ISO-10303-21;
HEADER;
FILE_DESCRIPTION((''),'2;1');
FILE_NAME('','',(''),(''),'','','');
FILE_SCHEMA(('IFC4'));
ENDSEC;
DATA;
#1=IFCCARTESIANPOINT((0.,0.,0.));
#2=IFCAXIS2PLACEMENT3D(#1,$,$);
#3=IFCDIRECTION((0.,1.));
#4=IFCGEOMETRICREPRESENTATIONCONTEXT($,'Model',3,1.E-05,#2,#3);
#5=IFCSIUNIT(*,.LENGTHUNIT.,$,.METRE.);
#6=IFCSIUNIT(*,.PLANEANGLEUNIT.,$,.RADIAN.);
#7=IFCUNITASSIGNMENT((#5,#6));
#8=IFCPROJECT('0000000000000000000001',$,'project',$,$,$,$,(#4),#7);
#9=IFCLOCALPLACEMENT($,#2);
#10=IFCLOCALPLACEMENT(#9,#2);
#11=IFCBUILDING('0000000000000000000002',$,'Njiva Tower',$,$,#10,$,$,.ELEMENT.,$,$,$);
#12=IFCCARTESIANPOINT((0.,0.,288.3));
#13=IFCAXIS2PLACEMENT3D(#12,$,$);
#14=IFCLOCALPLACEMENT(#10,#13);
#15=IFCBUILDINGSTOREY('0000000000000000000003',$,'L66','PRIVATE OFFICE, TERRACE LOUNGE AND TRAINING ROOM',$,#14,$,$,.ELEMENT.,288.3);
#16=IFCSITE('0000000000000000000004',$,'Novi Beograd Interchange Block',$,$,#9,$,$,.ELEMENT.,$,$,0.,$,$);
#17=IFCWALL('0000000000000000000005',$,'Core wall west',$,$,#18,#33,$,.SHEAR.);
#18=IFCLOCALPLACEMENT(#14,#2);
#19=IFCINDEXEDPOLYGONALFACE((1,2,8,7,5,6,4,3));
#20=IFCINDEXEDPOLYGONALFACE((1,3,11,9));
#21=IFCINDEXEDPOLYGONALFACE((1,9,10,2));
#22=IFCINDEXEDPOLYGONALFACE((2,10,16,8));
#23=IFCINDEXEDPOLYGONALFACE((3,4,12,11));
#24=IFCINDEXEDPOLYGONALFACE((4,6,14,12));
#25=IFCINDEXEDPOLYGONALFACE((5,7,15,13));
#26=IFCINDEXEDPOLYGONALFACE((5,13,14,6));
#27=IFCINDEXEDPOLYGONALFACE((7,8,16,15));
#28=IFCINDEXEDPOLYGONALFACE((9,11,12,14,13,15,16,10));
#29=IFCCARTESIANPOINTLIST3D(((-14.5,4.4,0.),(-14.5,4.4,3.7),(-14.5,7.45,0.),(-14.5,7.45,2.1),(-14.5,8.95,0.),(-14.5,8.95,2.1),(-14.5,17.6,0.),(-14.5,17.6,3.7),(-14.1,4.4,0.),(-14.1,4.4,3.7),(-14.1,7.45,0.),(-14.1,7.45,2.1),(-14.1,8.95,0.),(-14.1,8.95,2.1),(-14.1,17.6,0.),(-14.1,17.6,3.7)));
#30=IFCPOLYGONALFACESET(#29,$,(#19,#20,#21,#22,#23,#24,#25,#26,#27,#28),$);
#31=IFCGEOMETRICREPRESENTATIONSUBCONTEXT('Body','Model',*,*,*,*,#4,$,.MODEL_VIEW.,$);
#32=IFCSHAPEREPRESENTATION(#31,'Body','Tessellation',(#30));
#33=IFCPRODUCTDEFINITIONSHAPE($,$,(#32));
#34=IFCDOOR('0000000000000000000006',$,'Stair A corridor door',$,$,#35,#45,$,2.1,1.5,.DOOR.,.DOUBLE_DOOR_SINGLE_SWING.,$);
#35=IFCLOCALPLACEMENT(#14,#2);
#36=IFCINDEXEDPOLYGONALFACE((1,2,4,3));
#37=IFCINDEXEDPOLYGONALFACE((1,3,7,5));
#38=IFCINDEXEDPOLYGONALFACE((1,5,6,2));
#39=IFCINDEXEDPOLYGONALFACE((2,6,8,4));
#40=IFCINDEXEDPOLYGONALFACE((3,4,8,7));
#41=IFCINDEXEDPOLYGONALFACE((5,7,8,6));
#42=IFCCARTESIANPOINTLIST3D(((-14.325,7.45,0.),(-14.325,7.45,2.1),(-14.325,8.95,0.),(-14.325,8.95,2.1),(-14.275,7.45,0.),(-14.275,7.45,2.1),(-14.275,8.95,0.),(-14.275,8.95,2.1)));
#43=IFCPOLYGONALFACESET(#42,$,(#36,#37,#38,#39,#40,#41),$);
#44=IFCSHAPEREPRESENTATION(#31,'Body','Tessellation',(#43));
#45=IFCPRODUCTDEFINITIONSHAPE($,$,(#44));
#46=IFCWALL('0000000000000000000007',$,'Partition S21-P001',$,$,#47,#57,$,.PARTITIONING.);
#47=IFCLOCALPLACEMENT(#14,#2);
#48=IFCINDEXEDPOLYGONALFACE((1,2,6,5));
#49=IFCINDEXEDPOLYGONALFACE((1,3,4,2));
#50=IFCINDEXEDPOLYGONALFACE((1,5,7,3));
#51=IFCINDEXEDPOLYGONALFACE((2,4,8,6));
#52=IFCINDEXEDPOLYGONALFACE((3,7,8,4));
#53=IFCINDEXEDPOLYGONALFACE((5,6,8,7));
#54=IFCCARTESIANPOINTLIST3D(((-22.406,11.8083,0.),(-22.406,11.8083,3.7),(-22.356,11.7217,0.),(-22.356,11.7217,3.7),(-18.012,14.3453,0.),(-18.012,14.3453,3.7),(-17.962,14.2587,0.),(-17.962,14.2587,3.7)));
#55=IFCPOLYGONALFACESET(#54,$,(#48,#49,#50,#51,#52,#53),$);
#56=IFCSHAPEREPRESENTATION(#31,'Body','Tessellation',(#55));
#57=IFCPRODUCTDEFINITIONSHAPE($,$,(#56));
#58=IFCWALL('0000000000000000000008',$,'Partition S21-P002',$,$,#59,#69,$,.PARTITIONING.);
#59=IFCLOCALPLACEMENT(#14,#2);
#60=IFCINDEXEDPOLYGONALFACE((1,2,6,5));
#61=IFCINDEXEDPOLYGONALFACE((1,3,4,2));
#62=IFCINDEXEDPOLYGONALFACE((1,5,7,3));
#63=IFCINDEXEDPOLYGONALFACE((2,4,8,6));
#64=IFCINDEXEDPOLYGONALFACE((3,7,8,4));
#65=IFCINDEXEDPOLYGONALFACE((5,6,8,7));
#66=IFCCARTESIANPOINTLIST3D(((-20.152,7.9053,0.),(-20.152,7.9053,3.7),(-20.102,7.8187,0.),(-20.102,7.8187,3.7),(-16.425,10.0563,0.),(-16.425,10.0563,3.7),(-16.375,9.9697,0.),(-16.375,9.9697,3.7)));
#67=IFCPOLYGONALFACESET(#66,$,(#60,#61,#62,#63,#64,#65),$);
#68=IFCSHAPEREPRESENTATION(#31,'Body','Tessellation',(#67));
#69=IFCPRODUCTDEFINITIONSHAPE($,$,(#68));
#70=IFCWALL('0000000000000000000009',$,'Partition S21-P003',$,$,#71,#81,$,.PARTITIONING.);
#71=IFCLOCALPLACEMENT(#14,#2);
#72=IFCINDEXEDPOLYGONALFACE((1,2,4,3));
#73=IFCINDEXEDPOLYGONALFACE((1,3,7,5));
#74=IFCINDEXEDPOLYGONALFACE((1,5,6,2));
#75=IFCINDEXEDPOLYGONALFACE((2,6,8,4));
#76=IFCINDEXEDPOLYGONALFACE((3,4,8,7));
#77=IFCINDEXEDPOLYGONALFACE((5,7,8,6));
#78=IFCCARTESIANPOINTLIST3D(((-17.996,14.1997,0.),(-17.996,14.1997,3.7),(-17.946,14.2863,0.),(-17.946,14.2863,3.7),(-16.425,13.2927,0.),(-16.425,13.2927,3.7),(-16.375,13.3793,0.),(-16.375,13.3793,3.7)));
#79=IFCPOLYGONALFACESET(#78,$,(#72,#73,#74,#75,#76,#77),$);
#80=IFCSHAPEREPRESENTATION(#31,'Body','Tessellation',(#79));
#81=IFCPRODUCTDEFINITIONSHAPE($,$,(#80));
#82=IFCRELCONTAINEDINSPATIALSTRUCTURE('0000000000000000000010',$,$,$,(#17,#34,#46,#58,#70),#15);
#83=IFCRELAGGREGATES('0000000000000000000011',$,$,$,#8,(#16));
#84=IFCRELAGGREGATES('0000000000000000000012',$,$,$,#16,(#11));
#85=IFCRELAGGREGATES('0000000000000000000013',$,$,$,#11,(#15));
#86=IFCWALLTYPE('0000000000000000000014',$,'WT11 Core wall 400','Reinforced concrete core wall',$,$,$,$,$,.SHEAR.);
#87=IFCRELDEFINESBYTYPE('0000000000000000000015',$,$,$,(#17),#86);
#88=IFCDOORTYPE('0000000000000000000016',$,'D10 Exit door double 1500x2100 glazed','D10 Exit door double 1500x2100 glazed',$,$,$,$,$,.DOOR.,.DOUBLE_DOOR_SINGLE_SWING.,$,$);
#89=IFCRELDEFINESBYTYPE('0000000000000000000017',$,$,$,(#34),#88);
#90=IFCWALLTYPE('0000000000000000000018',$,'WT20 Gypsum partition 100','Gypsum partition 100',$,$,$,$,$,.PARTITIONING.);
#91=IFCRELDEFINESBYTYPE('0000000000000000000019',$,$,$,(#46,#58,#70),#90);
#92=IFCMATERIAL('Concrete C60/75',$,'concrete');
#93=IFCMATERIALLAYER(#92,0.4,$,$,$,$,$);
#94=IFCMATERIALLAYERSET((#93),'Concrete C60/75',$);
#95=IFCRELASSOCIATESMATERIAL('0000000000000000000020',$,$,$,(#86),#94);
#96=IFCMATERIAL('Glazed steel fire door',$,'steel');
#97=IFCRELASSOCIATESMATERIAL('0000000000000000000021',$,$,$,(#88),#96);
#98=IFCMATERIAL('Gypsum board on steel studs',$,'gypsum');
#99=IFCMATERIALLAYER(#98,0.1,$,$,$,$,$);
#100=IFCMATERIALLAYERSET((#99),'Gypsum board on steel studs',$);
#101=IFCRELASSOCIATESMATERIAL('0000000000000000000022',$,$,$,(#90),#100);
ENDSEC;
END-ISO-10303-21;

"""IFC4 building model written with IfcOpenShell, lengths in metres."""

from ifc_helpers import new_model, si_unit, direction, frame, frame_2d, origin, place, context, subcontext, project, spatial, rectangle, extrude, material, layer, layer_set, type_object, element, fill, save


model = new_model("IFC4")

# Units and contexts
model_context = context("Model", 3, precision=1e-05, world=origin(), true_north=direction((0.0, 1.0)))
body_context = subcontext(model_context, "Body", "Model", "MODEL_VIEW")
ifc_project = project(units=[si_unit("LENGTHUNIT", "METRE"), si_unit("PLANEANGLEUNIT", "RADIAN")], contexts=[model_context])

# Site, building, storey
site_placement = place(None, origin())
site = spatial("IfcSite", under=ifc_project, at=site_placement, Name="Novi Beograd Interchange Block", CompositionType="ELEMENT", RefElevation=0.0)
building_placement = place(site_placement, origin())
building = spatial("IfcBuilding", under=site, at=building_placement, Name="Njiva Tower", CompositionType="ELEMENT")
storey_placement = place(building_placement, frame((0.0, 0.0, 288.3)))
storey = spatial("IfcBuildingStorey", under=building, at=storey_placement, Name="L66", Description="PRIVATE OFFICE, TERRACE LOUNGE AND TRAINING ROOM", CompositionType="ELEMENT", Elevation=288.3)

# Wall, opening, door
ifc_material_1 = material(Name="Glazed steel fire door", Category="steel")
ifc_material_2 = material(Name="Concrete C60/75", Category="concrete")
ifc_layer_1 = layer(ifc_material_2, 0.4)
ifc_layer_set_1 = layer_set([ifc_layer_1], Name="Concrete C60/75")
wall_type_1 = type_object("IfcWallType", Name="WT11 Core wall 400", Description="Reinforced concrete core wall", PredefinedType="SHEAR", material=ifc_layer_set_1)
wall_1_placement = place(storey_placement, frame((-14.3, 4.4, 0.0), z_axis=(0.0, 0.0, 1.0), x_axis=(0.0, 1.0, 0.0)))
wall_1 = element("IfcWall", 1, at=wall_1_placement, inside=storey, type_object=wall_type_1, Name="Core wall west", PredefinedType="SHEAR", context=body_context, shape_type="SweptSolid", body=[
    extrude(rectangle(XDim=13.2, YDim=0.4, at=frame_2d((6.6, 0.0))), origin(), (0.0, 0.0, 1.0), 3.7),
])
opening_1_placement = place(wall_1_placement, frame((3.05, 0.0, 0.0)))
opening_1 = element("IfcOpeningElement", 2, at=opening_1_placement, cuts=wall_1, PredefinedType="OPENING", context=body_context, shape_type="SweptSolid", body=[
    extrude(rectangle(XDim=1.5, YDim=2.1, at=frame_2d((0.75, 1.05))), frame((0.0, 0.21, 0.0), z_axis=(0.0, -1.0, 0.0), x_axis=(1.0, 0.0, 0.0)), (0.0, 0.0, 1.0), 0.42),
])
door_type_1 = type_object("IfcDoorType", Name="D10 Exit door double 1500x2100 glazed", Description="D10 Exit door double 1500x2100 glazed", OperationType="DOUBLE_DOOR_SINGLE_SWING", PredefinedType="DOOR", material=ifc_material_1)
door_1_placement = place(opening_1_placement, origin())
door_1 = element("IfcDoor", 3, at=door_1_placement, inside=storey, type_object=door_type_1, Name="Stair A corridor door", OperationType="DOUBLE_DOOR_SINGLE_SWING", OverallHeight=2.1, OverallWidth=1.5, PredefinedType="DOOR", context=body_context, shape_type="SweptSolid", body=[
    extrude(rectangle(XDim=1.5, YDim=2.1, at=frame_2d((0.75, 1.05))), frame((0.0, 0.025, 0.0), z_axis=(0.0, -1.0, 0.0), x_axis=(1.0, 0.0, 0.0)), (0.0, 0.0, 1.0), 0.05),
])
fill(opening_1, door_1)

# Walls
ifc_material_3 = material(Name="Gypsum board on steel studs", Category="gypsum")
ifc_layer_2 = layer(ifc_material_3, 0.1)
ifc_layer_set_2 = layer_set([ifc_layer_2], Name="Gypsum board on steel studs")
wall_type_2 = type_object("IfcWallType", Name="WT20 Gypsum partition 100", Description="Gypsum partition 100", PredefinedType="PARTITIONING", material=ifc_layer_set_2)
wall_2_placement = place(storey_placement, frame((-22.381, 11.765, 0.0), z_axis=(0.0, 0.0, 1.0), x_axis=(0.866015, 0.500018, 0.0)))
element("IfcWall", 4, at=wall_2_placement, inside=storey, type_object=wall_type_2, Name="Partition S21-P001", PredefinedType="PARTITIONING", context=body_context, shape_type="SweptSolid", body=[
    extrude(rectangle(XDim=5.0738, YDim=0.1, at=frame_2d((2.5369, 0.0))), origin(), (0.0, 0.0, 1.0), 3.7),
])
wall_3_placement = place(storey_placement, frame((-20.127, 7.862, 0.0), z_axis=(0.0, 0.0, 1.0), x_axis=(0.866104, 0.499863, 0.0)))
element("IfcWall", 5, at=wall_3_placement, inside=storey, type_object=wall_type_2, Name="Partition S21-P002", PredefinedType="PARTITIONING", context=body_context, shape_type="SweptSolid", body=[
    extrude(rectangle(XDim=4.3032, YDim=0.1, at=frame_2d((2.1516, 0.0))), origin(), (0.0, 0.0, 1.0), 3.7),
])
wall_4_placement = place(storey_placement, frame((-17.971, 14.243, 0.0), z_axis=(0.0, 0.0, 1.0), x_axis=(0.86603, -0.499993, 0.0)))
element("IfcWall", 6, at=wall_4_placement, inside=storey, type_object=wall_type_2, Name="Partition S21-P003", PredefinedType="PARTITIONING", context=body_context, shape_type="SweptSolid", body=[
    extrude(rectangle(XDim=1.814, YDim=0.1, at=frame_2d((0.907, 0.0))), origin(), (0.0, 0.0, 1.0), 3.7),
])

save(model, "model.ifc")
